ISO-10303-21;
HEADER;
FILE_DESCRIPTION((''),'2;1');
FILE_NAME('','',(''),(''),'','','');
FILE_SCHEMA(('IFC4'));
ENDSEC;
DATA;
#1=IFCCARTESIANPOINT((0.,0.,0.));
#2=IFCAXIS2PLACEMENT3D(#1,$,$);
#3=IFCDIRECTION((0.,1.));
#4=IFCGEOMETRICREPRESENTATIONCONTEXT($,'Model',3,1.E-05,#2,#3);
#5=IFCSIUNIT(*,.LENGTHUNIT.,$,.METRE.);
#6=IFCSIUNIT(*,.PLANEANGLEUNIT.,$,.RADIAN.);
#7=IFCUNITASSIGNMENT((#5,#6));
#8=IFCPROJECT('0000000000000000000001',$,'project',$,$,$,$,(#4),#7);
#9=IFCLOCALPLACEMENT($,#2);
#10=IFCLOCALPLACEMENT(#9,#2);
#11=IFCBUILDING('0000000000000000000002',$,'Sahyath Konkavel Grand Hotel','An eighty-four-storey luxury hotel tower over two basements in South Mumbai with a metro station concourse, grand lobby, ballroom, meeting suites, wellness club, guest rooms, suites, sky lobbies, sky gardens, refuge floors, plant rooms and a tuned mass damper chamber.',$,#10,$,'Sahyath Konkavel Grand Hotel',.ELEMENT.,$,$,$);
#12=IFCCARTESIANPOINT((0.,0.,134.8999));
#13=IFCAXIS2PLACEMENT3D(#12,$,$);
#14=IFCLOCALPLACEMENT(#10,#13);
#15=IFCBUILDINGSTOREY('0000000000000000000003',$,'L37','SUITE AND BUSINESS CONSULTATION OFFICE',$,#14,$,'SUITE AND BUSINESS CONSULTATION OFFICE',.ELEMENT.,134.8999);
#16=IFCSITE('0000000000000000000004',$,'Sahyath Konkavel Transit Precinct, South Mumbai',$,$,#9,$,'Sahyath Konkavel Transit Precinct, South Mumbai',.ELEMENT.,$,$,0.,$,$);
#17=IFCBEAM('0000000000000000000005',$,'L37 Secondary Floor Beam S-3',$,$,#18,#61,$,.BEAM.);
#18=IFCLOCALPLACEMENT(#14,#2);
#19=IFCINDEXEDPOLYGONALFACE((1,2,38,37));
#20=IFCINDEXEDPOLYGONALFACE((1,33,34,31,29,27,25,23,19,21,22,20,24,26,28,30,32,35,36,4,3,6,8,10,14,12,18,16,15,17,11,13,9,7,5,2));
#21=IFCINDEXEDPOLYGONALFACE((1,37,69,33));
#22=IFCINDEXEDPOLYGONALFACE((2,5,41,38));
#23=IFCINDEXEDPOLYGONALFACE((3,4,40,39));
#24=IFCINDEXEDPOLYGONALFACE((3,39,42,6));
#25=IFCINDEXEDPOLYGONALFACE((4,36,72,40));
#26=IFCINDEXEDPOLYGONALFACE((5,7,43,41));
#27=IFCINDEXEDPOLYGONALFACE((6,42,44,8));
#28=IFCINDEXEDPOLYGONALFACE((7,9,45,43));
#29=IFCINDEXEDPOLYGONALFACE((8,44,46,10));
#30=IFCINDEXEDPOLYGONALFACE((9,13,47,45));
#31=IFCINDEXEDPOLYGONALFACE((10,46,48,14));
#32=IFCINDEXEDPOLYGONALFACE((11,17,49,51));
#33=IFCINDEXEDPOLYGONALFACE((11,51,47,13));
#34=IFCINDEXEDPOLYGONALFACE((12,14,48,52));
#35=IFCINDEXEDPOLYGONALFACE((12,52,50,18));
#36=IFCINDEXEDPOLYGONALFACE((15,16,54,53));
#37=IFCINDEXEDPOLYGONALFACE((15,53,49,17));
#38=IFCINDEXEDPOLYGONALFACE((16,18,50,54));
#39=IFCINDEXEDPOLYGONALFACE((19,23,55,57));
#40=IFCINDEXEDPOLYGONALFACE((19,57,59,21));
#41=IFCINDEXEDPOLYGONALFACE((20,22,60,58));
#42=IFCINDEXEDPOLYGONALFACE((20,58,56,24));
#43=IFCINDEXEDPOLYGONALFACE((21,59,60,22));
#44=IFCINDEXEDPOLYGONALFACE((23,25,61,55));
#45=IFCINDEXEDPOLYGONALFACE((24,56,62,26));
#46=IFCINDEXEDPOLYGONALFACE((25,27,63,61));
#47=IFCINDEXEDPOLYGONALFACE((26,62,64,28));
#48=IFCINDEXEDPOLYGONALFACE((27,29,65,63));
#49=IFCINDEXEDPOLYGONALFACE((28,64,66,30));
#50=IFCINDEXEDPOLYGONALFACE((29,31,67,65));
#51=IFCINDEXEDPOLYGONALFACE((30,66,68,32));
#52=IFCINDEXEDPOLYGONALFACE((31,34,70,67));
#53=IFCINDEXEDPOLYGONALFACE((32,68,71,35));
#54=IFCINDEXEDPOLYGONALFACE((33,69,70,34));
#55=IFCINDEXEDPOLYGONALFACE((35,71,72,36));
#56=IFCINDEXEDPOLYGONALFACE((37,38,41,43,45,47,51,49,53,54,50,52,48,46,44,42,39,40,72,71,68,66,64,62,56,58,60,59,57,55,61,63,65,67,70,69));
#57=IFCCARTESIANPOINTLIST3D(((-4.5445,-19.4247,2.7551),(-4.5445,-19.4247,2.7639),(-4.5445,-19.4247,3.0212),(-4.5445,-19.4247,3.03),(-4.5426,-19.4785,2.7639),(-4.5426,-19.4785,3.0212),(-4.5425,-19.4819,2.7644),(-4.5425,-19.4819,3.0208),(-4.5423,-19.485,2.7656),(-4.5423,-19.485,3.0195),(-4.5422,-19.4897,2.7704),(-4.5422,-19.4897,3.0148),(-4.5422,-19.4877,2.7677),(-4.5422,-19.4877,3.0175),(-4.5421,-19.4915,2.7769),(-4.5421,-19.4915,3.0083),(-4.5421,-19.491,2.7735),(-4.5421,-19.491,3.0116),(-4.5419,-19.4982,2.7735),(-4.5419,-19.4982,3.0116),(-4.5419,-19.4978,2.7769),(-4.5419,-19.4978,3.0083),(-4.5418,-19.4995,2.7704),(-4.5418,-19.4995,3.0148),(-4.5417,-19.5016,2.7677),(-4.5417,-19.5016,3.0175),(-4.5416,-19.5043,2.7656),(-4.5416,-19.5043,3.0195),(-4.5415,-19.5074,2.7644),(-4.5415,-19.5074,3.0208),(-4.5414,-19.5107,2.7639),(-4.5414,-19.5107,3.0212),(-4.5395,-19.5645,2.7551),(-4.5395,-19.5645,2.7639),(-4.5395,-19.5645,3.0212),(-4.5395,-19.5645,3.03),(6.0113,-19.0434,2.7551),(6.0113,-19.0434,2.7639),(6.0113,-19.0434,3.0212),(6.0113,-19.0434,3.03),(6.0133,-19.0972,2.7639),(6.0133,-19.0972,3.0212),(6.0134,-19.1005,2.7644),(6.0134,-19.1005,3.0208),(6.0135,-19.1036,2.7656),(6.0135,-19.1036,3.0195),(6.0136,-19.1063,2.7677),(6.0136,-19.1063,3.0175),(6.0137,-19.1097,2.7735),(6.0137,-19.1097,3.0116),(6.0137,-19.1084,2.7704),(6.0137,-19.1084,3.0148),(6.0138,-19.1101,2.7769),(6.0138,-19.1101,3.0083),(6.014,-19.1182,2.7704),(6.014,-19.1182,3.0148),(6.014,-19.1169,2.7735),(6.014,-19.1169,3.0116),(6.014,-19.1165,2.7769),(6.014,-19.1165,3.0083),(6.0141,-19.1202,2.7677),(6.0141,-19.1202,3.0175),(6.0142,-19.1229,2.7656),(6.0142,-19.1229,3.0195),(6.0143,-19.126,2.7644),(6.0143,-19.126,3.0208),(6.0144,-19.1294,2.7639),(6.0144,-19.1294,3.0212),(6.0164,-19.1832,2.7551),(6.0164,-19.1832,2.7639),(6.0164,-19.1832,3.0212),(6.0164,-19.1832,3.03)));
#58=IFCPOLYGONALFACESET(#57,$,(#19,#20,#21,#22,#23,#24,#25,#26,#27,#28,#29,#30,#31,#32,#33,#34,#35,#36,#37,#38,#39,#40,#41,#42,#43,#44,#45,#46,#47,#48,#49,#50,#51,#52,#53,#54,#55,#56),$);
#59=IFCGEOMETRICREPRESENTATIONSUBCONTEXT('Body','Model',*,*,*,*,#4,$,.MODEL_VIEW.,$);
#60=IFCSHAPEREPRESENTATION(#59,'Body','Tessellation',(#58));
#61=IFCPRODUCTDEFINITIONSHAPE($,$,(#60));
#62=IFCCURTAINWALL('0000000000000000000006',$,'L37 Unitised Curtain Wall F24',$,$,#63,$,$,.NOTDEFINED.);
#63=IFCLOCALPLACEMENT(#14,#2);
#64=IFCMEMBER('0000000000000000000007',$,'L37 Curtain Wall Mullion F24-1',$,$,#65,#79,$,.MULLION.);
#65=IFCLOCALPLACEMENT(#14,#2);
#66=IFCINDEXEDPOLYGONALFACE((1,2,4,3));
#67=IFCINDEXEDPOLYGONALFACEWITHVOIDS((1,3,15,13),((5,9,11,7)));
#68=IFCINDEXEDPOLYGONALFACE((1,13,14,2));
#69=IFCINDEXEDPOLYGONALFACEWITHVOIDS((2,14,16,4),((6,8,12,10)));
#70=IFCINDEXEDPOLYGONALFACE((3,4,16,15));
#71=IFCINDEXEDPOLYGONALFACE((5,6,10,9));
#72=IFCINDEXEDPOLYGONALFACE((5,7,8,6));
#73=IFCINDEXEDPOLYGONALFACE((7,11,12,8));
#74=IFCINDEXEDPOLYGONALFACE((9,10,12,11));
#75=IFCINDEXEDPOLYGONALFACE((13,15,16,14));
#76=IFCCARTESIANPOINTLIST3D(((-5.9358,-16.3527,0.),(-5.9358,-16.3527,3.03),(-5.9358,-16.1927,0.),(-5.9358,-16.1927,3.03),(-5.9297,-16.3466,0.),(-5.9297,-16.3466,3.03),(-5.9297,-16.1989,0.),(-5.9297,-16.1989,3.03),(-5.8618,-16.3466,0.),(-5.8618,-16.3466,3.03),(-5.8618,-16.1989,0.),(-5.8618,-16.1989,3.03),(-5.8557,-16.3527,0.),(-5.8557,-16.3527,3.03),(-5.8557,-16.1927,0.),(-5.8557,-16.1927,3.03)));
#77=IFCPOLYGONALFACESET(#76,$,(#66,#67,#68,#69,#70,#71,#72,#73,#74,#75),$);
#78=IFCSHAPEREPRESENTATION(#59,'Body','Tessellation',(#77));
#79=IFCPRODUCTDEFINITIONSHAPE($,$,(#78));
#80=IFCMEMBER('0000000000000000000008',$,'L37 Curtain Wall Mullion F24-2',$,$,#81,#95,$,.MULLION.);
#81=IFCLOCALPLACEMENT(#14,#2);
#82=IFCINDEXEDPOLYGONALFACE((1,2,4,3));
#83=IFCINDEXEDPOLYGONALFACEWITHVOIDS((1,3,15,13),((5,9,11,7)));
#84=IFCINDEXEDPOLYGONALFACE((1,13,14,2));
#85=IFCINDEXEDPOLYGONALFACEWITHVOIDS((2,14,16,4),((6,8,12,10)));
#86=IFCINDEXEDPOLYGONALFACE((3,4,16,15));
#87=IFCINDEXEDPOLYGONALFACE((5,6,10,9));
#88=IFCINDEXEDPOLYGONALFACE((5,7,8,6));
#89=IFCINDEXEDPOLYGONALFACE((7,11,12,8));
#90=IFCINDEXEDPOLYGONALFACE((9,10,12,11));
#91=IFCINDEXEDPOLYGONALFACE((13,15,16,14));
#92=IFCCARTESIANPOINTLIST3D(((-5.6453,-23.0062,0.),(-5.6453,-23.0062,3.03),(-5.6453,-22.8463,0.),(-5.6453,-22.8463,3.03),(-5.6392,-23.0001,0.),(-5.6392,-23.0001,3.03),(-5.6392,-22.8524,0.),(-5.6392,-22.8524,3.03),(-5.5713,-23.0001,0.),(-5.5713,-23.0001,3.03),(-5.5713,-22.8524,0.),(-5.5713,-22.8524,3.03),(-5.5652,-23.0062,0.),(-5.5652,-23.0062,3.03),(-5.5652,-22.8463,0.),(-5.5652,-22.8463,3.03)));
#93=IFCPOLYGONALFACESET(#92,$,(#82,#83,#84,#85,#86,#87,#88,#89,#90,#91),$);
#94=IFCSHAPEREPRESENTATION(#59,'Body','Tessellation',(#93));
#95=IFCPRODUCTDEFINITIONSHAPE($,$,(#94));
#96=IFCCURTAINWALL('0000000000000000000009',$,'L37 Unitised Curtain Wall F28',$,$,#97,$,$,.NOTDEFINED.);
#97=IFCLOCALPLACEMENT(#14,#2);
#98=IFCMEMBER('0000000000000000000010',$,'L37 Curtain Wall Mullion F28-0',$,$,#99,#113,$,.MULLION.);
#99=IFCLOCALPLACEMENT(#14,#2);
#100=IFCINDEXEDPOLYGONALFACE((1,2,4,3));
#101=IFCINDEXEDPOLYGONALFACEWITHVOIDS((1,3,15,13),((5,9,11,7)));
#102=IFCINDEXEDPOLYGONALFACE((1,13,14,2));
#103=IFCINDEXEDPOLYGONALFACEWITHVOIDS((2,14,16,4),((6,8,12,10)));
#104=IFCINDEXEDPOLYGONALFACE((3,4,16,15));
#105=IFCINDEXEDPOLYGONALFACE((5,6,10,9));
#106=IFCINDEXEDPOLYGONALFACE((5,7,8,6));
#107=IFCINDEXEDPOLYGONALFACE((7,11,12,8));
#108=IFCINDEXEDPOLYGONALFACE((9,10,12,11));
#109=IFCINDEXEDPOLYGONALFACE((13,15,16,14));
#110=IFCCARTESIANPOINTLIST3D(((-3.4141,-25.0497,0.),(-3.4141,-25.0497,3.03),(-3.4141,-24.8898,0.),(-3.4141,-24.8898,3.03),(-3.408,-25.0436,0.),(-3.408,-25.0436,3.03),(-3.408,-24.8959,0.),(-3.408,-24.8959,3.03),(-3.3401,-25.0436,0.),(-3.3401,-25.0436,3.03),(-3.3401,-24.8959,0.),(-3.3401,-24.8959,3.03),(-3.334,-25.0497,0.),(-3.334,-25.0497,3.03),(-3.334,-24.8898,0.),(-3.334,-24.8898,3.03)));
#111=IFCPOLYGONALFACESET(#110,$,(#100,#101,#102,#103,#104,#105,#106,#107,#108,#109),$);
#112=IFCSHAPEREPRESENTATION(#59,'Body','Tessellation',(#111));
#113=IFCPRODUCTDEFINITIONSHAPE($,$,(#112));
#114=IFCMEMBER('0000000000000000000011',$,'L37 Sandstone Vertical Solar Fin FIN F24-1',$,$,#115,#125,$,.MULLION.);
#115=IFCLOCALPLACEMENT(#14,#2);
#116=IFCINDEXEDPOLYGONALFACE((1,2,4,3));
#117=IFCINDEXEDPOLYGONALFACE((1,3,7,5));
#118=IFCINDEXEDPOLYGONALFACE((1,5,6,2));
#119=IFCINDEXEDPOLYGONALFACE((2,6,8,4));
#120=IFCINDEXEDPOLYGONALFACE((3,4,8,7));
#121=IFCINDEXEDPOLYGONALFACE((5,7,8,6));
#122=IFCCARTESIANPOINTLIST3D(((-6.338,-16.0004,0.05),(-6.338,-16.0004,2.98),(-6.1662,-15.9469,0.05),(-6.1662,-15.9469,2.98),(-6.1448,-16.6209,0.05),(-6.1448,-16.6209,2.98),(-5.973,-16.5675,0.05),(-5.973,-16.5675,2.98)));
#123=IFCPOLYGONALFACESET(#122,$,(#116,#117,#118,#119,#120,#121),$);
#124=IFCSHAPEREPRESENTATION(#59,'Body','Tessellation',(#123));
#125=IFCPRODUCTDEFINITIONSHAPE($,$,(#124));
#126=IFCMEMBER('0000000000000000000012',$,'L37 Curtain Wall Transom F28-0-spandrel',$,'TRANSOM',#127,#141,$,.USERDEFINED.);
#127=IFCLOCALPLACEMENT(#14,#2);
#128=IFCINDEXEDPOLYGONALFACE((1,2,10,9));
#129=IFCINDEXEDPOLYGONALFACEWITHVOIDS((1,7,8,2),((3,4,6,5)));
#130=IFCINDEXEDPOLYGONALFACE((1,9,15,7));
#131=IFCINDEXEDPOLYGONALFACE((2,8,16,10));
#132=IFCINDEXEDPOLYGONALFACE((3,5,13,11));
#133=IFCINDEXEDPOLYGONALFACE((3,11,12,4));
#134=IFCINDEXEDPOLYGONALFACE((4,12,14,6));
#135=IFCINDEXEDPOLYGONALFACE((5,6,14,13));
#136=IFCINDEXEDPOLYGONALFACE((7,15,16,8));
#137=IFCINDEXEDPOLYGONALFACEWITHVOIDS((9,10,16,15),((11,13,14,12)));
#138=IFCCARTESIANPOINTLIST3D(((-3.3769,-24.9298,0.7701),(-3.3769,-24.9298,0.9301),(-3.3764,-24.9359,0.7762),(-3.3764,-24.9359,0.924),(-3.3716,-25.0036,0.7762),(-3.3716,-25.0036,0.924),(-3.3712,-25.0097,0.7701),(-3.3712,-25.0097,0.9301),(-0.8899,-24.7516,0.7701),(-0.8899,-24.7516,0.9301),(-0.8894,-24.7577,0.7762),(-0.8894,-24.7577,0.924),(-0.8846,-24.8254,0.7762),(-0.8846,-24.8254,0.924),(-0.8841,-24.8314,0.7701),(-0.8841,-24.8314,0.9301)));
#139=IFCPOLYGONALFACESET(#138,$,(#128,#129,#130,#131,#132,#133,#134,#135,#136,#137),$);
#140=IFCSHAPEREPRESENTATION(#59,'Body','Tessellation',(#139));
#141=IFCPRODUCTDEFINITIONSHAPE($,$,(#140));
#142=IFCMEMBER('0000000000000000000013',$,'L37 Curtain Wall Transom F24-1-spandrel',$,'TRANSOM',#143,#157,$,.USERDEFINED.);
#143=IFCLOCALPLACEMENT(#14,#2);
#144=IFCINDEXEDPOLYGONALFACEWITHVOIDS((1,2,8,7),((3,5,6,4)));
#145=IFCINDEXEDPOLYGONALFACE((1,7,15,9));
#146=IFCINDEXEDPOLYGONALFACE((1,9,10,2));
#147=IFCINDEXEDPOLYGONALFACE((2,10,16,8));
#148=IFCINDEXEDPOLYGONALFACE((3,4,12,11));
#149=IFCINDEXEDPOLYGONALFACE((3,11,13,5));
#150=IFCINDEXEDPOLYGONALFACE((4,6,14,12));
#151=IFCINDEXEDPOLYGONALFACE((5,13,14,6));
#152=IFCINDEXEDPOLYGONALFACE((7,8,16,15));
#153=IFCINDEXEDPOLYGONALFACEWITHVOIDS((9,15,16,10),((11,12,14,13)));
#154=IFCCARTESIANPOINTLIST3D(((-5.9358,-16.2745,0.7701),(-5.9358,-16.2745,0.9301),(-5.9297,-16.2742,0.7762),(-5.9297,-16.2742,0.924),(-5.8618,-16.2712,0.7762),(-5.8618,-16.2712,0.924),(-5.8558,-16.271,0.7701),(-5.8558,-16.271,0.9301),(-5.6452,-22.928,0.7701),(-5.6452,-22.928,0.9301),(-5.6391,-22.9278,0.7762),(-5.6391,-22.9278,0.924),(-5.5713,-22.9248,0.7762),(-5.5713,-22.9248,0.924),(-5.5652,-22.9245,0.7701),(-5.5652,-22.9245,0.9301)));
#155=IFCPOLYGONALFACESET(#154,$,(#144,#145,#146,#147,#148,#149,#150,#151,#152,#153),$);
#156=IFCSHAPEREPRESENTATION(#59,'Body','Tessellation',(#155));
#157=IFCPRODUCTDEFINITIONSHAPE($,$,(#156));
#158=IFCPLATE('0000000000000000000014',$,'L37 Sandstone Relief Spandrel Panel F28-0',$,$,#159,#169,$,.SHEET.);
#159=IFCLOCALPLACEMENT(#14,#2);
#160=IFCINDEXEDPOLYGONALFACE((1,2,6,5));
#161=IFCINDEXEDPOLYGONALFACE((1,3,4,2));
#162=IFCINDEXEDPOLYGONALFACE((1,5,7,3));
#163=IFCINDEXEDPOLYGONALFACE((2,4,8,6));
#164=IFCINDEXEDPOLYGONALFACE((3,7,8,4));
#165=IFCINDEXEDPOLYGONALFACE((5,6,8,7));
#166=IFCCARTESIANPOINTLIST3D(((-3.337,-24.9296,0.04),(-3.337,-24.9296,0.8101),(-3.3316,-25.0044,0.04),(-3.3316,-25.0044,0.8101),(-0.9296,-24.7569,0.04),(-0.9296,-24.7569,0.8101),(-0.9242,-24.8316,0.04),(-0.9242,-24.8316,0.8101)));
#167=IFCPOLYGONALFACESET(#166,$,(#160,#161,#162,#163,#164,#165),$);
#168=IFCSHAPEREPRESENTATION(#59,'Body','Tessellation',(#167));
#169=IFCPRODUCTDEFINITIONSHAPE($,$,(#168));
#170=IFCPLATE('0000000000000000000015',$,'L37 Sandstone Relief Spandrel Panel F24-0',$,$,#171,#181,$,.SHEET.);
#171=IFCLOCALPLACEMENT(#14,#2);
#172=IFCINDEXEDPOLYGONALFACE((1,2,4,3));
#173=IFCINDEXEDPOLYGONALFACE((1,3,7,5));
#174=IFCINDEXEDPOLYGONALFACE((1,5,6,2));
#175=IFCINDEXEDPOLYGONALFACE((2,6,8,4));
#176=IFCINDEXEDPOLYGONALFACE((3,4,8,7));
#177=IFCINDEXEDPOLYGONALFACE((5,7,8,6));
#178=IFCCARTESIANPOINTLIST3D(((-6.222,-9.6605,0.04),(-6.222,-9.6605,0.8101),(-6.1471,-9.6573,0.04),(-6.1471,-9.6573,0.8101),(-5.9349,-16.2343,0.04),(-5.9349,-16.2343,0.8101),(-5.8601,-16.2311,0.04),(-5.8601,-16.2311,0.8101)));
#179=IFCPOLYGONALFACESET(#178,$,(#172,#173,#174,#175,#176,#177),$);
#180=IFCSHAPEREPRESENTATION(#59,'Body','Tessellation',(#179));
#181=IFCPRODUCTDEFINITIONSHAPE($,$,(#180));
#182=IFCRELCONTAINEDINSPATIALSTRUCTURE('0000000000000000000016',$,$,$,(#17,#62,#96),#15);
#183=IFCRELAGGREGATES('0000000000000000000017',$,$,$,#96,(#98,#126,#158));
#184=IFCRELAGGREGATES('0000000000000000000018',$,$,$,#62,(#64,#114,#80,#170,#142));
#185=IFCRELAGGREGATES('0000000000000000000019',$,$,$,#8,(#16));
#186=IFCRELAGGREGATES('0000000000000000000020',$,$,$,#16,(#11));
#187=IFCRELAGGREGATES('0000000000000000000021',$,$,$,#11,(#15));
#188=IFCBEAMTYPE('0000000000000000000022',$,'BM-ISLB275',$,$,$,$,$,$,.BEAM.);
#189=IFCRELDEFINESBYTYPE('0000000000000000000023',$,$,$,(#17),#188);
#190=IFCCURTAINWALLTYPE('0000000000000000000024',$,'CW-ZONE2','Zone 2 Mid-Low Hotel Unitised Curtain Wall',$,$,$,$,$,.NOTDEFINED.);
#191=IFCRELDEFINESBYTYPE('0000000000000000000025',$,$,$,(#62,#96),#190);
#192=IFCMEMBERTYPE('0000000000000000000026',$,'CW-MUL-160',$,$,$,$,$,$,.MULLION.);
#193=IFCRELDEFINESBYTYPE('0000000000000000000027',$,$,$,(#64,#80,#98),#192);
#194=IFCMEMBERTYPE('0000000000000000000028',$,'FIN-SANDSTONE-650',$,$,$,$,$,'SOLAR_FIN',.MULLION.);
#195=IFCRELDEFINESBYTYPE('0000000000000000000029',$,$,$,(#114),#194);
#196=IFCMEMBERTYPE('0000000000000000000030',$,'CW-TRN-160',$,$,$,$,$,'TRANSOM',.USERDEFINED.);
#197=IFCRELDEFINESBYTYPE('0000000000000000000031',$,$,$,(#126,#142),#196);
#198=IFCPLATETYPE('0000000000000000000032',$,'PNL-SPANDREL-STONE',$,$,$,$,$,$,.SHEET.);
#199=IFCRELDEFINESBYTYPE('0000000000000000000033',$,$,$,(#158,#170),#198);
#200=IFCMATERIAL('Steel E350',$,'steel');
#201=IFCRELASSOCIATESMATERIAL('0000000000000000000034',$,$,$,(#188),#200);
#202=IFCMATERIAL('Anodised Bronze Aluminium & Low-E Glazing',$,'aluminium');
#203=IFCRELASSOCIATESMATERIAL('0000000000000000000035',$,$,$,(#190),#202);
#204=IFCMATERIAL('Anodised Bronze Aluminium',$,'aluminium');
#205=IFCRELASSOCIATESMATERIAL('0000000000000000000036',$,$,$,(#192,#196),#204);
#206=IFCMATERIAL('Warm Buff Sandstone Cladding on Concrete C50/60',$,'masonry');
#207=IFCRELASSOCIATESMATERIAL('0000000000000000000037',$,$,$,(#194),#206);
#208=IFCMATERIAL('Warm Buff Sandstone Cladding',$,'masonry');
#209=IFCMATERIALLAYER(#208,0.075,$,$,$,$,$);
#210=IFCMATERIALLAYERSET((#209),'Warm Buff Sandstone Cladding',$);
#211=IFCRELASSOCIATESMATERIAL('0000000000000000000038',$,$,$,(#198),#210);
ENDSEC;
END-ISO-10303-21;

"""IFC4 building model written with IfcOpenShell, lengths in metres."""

from ifc_helpers import new_model, si_unit, direction, frame, origin, origin_2d, place, context, subcontext, project, spatial, rectangle, hollow_rectangle, i_section, extrude, source, transform, mapped, material, layer, layer_set, material_profile, profile_set, type_object, element, aggregate, save


model = new_model("IFC4")

# Units and contexts
model_context = context("Model", 3, precision=1e-05, world=origin(), true_north=direction((0.0, 1.0)))
body_context = subcontext(model_context, "Body", "Model", "MODEL_VIEW")
ifc_project = project(units=[si_unit("LENGTHUNIT", "METRE"), si_unit("PLANEANGLEUNIT", "RADIAN")], contexts=[model_context])

# Site, building, storey
site_placement = place(None, origin())
site = spatial("IfcSite", under=ifc_project, at=site_placement, Name="Sahyath Konkavel Transit Precinct, South Mumbai", LongName="Sahyath Konkavel Transit Precinct, South Mumbai", CompositionType="ELEMENT", RefElevation=0.0)
building_placement = place(site_placement, origin())
building = spatial("IfcBuilding", under=site, at=building_placement, Name="Sahyath Konkavel Grand Hotel", Description="An eighty-four-storey luxury hotel tower over two basements in South Mumbai with a metro station concourse, grand lobby, ballroom, meeting suites, wellness club, guest rooms, suites, sky lobbies, sky gardens, refuge floors, plant rooms and a tuned mass damper chamber.", LongName="Sahyath Konkavel Grand Hotel", CompositionType="ELEMENT")
storey_placement = place(building_placement, frame((0.0, 0.0, 134.8999)))
storey = spatial("IfcBuildingStorey", under=building, at=storey_placement, Name="L37", Description="SUITE AND BUSINESS CONSULTATION OFFICE", LongName="SUITE AND BUSINESS CONSULTATION OFFICE", CompositionType="ELEMENT", Elevation=134.8999)

# Beam
ifc_material_1 = material(Name="Steel E350", Category="steel")
ifc_material_profile_1 = material_profile(ifc_material_1, i_section(OverallWidth=0.1399, OverallDepth=0.2749, WebThickness=0.0063, FlangeThickness=0.0088, FilletRadius=0.0129, at=origin_2d()), Name="ISLB 275")
ifc_profile_set_1 = profile_set([ifc_material_profile_1], Name="Steel E350")
beam_type_1 = type_object("IfcBeamType", Name="BM-ISLB275", PredefinedType="BEAM", material=ifc_profile_set_1)
shared_shape_1 = source(origin(), body_context, "Body", "SweptSolid", [
    extrude(i_section(OverallWidth=0.1399, OverallDepth=0.2749, WebThickness=0.0063, FlangeThickness=0.0088, FilletRadius=0.0129, at=origin_2d()), origin(), (0.0, 0.0, 1.0), 10.5627),
])
beam_1_placement = place(storey_placement, frame((-4.542, -19.4946, 2.8926), z_axis=(0.999348, 0.036103, 0.0), x_axis=(-0.036103, 0.999348, 0.0)))
element("IfcBeam", 1, at=beam_1_placement, inside=storey, type_object=beam_type_1, Name="L37 Secondary Floor Beam S-3", PredefinedType="BEAM", context=body_context, shape_type="MappedRepresentation", body=[
    mapped(shared_shape_1, transform((0.0, 0.0, 0.0), scale=1.0)),
])

# Curtain wall, members
ifc_material_2 = material(Name="Anodised Bronze Aluminium & Low-E Glazing", Category="aluminium")
curtain_wall_type = type_object("IfcCurtainWallType", Name="CW-ZONE2", Description="Zone 2 Mid-Low Hotel Unitised Curtain Wall", PredefinedType="NOTDEFINED", material=ifc_material_2)
curtain_wall_1_placement = place(storey_placement, origin())
curtain_wall_1 = element("IfcCurtainWall", 2, at=curtain_wall_1_placement, inside=storey, type_object=curtain_wall_type, Name="L37 Unitised Curtain Wall F24", PredefinedType="NOTDEFINED")
ifc_material_3 = material(Name="Anodised Bronze Aluminium", Category="aluminium")
ifc_material_profile_2 = material_profile(ifc_material_3, hollow_rectangle(XDim=0.0801, YDim=0.1599, WallThickness=0.0061, at=origin_2d()), Name="RHS 160x80x6")
ifc_profile_set_2 = profile_set([ifc_material_profile_2], Name="Anodised Bronze Aluminium")
member_type_1 = type_object("IfcMemberType", Name="CW-MUL-160", PredefinedType="MULLION", material=ifc_profile_set_2)
shared_shape_2 = source(origin(), body_context, "Body", "SweptSolid", [
    extrude(hollow_rectangle(XDim=0.0801, YDim=0.1599, WallThickness=0.0061, at=origin_2d()), origin(), (0.0, 0.0, 1.0), 3.03),
])
member_1_placement = place(storey_placement, frame((-5.8958, -16.2727, 0.0), z_axis=(0.0, 0.0, 1.0), x_axis=(1.0, 0.0, 0.0)))
member_1 = element("IfcMember", 3, at=member_1_placement, type_object=member_type_1, Name="L37 Curtain Wall Mullion F24-1", PredefinedType="MULLION", context=body_context, shape_type="MappedRepresentation", body=[
    mapped(shared_shape_2, transform((0.0, 0.0, 0.0), scale=1.0)),
])
member_2_placement = place(storey_placement, frame((-5.6052, -22.9263, 0.0), z_axis=(0.0, 0.0, 1.0), x_axis=(1.0, 0.0, 0.0)))
member_2 = element("IfcMember", 4, at=member_2_placement, type_object=member_type_1, Name="L37 Curtain Wall Mullion F24-2", PredefinedType="MULLION", context=body_context, shape_type="MappedRepresentation", body=[
    mapped(shared_shape_2, transform((0.0, 0.0, 0.0), scale=1.0)),
])

# Curtain wall, member
curtain_wall_2_placement = place(storey_placement, origin())
curtain_wall_2 = element("IfcCurtainWall", 5, at=curtain_wall_2_placement, inside=storey, type_object=curtain_wall_type, Name="L37 Unitised Curtain Wall F28", PredefinedType="NOTDEFINED")
member_3_placement = place(storey_placement, frame((-3.374, -24.9697, 0.0), z_axis=(0.0, 0.0, 1.0), x_axis=(1.0, 0.0, 0.0)))
member_3 = element("IfcMember", 6, at=member_3_placement, type_object=member_type_1, Name="L37 Curtain Wall Mullion F28-0", PredefinedType="MULLION", context=body_context, shape_type="MappedRepresentation", body=[
    mapped(shared_shape_2, transform((0.0, 0.0, 0.0), scale=1.0)),
])

# Members
ifc_material_4 = material(Name="Warm Buff Sandstone Cladding on Concrete C50/60", Category="masonry")
ifc_material_profile_3 = material_profile(ifc_material_4, rectangle(XDim=0.1799, YDim=0.6499, at=origin_2d()), Name="FIN 180x650")
ifc_profile_set_3 = profile_set([ifc_material_profile_3], Name="Warm Buff Sandstone Cladding on Concrete C50/60")
member_type_2 = type_object("IfcMemberType", Name="FIN-SANDSTONE-650", ElementType="SOLAR_FIN", PredefinedType="MULLION", material=ifc_profile_set_3)
shared_shape_3 = source(origin(), body_context, "Body", "SweptSolid", [
    extrude(rectangle(XDim=0.1799, YDim=0.6499, at=origin_2d()), origin(), (0.0, 0.0, 1.0), 2.9299),
])
member_4_placement = place(storey_placement, frame((-6.1555, -16.2839, 0.05), z_axis=(0.0, 0.0, 1.0), x_axis=(0.954813, 0.297208, 0.0)))
member_4 = element("IfcMember", 7, at=member_4_placement, type_object=member_type_2, Name="L37 Sandstone Vertical Solar Fin FIN F24-1", PredefinedType="MULLION", context=body_context, shape_type="MappedRepresentation", body=[
    mapped(shared_shape_3, transform((0.0, 0.0, 0.0), scale=1.0)),
])
ifc_material_profile_4 = material_profile(ifc_material_3, hollow_rectangle(XDim=0.0801, YDim=0.1599, WallThickness=0.0061, at=origin_2d()), Name="RHS 160x80x6")
ifc_profile_set_4 = profile_set([ifc_material_profile_4], Name="Anodised Bronze Aluminium")
member_type_3 = type_object("IfcMemberType", Name="CW-TRN-160", ElementType="TRANSOM", PredefinedType="USERDEFINED", material=ifc_profile_set_4)
shared_shape_4 = source(origin(), body_context, "Body", "SweptSolid", [
    extrude(hollow_rectangle(XDim=0.0801, YDim=0.1599, WallThickness=0.0061, at=origin_2d()), origin(), (0.0, 0.0, 1.0), 2.4934),
])
member_5_placement = place(storey_placement, frame((-3.374, -24.9697, 0.8501), z_axis=(0.997442, 0.071477, 0.0), x_axis=(-0.071477, 0.997442, 0.0)))
member_5 = element("IfcMember", 8, at=member_5_placement, type_object=member_type_3, Name="L37 Curtain Wall Transom F28-0-spandrel", ObjectType="TRANSOM", PredefinedType="USERDEFINED", context=body_context, shape_type="MappedRepresentation", body=[
    mapped(shared_shape_4, transform((0.0, 0.0, 0.0), scale=1.0)),
])
shared_shape_5 = source(origin(), body_context, "Body", "SweptSolid", [
    extrude(hollow_rectangle(XDim=0.0801, YDim=0.1599, WallThickness=0.0061, at=origin_2d()), origin(), (0.0, 0.0, 1.0), 6.6599),
])
member_6_placement = place(storey_placement, frame((-5.8958, -16.2727, 0.8501), z_axis=(0.043623, -0.999048, 0.0), x_axis=(0.999048, 0.043623, 0.0)))
member_6 = element("IfcMember", 9, at=member_6_placement, type_object=member_type_3, Name="L37 Curtain Wall Transom F24-1-spandrel", ObjectType="TRANSOM", PredefinedType="USERDEFINED", context=body_context, shape_type="MappedRepresentation", body=[
    mapped(shared_shape_5, transform((0.0, 0.0, 0.0), scale=1.0)),
])

# Plates
ifc_material_5 = material(Name="Warm Buff Sandstone Cladding", Category="masonry")
ifc_layer_1 = layer(ifc_material_5, 0.075)
ifc_layer_set_1 = layer_set([ifc_layer_1], Name="Warm Buff Sandstone Cladding")
plate_type_1 = type_object("IfcPlateType", Name="PNL-SPANDREL-STONE", PredefinedType="SHEET", material=ifc_layer_set_1)
shared_shape_6 = source(origin(), body_context, "Body", "SweptSolid", [
    extrude(rectangle(XDim=2.4136, YDim=0.075, at=origin_2d()), origin(), (0.0, 0.0, 1.0), 0.77),
])
plate_1_placement = place(storey_placement, frame((-2.1306, -24.8806, 0.04), z_axis=(0.0, 0.0, 1.0), x_axis=(0.997436, 0.071567, 0.0)))
plate_1 = element("IfcPlate", 10, at=plate_1_placement, type_object=plate_type_1, Name="L37 Sandstone Relief Spandrel Panel F28-0", PredefinedType="SHEET", context=body_context, shape_type="MappedRepresentation", body=[
    mapped(shared_shape_6, transform((0.0, 0.0, 0.0), scale=1.0)),
])
shared_shape_7 = source(origin(), body_context, "Body", "SweptSolid", [
    extrude(rectangle(XDim=6.5801, YDim=0.075, at=origin_2d()), origin(), (0.0, 0.0, 1.0), 0.77),
])
plate_2_placement = place(storey_placement, frame((-6.041, -12.9458, 0.04), z_axis=(0.0, 0.0, 1.0), x_axis=(0.043619, -0.999048, 0.0)))
plate_2 = element("IfcPlate", 11, at=plate_2_placement, type_object=plate_type_1, Name="L37 Sandstone Relief Spandrel Panel F24-0", PredefinedType="SHEET", context=body_context, shape_type="MappedRepresentation", body=[
    mapped(shared_shape_7, transform((0.0, 0.0, 0.0), scale=1.0)),
])
aggregate(curtain_wall_2, [member_3, member_5, plate_1])
aggregate(curtain_wall_1, [member_1, member_4, member_2, plate_2, member_6])

save(model, "model.ifc")
